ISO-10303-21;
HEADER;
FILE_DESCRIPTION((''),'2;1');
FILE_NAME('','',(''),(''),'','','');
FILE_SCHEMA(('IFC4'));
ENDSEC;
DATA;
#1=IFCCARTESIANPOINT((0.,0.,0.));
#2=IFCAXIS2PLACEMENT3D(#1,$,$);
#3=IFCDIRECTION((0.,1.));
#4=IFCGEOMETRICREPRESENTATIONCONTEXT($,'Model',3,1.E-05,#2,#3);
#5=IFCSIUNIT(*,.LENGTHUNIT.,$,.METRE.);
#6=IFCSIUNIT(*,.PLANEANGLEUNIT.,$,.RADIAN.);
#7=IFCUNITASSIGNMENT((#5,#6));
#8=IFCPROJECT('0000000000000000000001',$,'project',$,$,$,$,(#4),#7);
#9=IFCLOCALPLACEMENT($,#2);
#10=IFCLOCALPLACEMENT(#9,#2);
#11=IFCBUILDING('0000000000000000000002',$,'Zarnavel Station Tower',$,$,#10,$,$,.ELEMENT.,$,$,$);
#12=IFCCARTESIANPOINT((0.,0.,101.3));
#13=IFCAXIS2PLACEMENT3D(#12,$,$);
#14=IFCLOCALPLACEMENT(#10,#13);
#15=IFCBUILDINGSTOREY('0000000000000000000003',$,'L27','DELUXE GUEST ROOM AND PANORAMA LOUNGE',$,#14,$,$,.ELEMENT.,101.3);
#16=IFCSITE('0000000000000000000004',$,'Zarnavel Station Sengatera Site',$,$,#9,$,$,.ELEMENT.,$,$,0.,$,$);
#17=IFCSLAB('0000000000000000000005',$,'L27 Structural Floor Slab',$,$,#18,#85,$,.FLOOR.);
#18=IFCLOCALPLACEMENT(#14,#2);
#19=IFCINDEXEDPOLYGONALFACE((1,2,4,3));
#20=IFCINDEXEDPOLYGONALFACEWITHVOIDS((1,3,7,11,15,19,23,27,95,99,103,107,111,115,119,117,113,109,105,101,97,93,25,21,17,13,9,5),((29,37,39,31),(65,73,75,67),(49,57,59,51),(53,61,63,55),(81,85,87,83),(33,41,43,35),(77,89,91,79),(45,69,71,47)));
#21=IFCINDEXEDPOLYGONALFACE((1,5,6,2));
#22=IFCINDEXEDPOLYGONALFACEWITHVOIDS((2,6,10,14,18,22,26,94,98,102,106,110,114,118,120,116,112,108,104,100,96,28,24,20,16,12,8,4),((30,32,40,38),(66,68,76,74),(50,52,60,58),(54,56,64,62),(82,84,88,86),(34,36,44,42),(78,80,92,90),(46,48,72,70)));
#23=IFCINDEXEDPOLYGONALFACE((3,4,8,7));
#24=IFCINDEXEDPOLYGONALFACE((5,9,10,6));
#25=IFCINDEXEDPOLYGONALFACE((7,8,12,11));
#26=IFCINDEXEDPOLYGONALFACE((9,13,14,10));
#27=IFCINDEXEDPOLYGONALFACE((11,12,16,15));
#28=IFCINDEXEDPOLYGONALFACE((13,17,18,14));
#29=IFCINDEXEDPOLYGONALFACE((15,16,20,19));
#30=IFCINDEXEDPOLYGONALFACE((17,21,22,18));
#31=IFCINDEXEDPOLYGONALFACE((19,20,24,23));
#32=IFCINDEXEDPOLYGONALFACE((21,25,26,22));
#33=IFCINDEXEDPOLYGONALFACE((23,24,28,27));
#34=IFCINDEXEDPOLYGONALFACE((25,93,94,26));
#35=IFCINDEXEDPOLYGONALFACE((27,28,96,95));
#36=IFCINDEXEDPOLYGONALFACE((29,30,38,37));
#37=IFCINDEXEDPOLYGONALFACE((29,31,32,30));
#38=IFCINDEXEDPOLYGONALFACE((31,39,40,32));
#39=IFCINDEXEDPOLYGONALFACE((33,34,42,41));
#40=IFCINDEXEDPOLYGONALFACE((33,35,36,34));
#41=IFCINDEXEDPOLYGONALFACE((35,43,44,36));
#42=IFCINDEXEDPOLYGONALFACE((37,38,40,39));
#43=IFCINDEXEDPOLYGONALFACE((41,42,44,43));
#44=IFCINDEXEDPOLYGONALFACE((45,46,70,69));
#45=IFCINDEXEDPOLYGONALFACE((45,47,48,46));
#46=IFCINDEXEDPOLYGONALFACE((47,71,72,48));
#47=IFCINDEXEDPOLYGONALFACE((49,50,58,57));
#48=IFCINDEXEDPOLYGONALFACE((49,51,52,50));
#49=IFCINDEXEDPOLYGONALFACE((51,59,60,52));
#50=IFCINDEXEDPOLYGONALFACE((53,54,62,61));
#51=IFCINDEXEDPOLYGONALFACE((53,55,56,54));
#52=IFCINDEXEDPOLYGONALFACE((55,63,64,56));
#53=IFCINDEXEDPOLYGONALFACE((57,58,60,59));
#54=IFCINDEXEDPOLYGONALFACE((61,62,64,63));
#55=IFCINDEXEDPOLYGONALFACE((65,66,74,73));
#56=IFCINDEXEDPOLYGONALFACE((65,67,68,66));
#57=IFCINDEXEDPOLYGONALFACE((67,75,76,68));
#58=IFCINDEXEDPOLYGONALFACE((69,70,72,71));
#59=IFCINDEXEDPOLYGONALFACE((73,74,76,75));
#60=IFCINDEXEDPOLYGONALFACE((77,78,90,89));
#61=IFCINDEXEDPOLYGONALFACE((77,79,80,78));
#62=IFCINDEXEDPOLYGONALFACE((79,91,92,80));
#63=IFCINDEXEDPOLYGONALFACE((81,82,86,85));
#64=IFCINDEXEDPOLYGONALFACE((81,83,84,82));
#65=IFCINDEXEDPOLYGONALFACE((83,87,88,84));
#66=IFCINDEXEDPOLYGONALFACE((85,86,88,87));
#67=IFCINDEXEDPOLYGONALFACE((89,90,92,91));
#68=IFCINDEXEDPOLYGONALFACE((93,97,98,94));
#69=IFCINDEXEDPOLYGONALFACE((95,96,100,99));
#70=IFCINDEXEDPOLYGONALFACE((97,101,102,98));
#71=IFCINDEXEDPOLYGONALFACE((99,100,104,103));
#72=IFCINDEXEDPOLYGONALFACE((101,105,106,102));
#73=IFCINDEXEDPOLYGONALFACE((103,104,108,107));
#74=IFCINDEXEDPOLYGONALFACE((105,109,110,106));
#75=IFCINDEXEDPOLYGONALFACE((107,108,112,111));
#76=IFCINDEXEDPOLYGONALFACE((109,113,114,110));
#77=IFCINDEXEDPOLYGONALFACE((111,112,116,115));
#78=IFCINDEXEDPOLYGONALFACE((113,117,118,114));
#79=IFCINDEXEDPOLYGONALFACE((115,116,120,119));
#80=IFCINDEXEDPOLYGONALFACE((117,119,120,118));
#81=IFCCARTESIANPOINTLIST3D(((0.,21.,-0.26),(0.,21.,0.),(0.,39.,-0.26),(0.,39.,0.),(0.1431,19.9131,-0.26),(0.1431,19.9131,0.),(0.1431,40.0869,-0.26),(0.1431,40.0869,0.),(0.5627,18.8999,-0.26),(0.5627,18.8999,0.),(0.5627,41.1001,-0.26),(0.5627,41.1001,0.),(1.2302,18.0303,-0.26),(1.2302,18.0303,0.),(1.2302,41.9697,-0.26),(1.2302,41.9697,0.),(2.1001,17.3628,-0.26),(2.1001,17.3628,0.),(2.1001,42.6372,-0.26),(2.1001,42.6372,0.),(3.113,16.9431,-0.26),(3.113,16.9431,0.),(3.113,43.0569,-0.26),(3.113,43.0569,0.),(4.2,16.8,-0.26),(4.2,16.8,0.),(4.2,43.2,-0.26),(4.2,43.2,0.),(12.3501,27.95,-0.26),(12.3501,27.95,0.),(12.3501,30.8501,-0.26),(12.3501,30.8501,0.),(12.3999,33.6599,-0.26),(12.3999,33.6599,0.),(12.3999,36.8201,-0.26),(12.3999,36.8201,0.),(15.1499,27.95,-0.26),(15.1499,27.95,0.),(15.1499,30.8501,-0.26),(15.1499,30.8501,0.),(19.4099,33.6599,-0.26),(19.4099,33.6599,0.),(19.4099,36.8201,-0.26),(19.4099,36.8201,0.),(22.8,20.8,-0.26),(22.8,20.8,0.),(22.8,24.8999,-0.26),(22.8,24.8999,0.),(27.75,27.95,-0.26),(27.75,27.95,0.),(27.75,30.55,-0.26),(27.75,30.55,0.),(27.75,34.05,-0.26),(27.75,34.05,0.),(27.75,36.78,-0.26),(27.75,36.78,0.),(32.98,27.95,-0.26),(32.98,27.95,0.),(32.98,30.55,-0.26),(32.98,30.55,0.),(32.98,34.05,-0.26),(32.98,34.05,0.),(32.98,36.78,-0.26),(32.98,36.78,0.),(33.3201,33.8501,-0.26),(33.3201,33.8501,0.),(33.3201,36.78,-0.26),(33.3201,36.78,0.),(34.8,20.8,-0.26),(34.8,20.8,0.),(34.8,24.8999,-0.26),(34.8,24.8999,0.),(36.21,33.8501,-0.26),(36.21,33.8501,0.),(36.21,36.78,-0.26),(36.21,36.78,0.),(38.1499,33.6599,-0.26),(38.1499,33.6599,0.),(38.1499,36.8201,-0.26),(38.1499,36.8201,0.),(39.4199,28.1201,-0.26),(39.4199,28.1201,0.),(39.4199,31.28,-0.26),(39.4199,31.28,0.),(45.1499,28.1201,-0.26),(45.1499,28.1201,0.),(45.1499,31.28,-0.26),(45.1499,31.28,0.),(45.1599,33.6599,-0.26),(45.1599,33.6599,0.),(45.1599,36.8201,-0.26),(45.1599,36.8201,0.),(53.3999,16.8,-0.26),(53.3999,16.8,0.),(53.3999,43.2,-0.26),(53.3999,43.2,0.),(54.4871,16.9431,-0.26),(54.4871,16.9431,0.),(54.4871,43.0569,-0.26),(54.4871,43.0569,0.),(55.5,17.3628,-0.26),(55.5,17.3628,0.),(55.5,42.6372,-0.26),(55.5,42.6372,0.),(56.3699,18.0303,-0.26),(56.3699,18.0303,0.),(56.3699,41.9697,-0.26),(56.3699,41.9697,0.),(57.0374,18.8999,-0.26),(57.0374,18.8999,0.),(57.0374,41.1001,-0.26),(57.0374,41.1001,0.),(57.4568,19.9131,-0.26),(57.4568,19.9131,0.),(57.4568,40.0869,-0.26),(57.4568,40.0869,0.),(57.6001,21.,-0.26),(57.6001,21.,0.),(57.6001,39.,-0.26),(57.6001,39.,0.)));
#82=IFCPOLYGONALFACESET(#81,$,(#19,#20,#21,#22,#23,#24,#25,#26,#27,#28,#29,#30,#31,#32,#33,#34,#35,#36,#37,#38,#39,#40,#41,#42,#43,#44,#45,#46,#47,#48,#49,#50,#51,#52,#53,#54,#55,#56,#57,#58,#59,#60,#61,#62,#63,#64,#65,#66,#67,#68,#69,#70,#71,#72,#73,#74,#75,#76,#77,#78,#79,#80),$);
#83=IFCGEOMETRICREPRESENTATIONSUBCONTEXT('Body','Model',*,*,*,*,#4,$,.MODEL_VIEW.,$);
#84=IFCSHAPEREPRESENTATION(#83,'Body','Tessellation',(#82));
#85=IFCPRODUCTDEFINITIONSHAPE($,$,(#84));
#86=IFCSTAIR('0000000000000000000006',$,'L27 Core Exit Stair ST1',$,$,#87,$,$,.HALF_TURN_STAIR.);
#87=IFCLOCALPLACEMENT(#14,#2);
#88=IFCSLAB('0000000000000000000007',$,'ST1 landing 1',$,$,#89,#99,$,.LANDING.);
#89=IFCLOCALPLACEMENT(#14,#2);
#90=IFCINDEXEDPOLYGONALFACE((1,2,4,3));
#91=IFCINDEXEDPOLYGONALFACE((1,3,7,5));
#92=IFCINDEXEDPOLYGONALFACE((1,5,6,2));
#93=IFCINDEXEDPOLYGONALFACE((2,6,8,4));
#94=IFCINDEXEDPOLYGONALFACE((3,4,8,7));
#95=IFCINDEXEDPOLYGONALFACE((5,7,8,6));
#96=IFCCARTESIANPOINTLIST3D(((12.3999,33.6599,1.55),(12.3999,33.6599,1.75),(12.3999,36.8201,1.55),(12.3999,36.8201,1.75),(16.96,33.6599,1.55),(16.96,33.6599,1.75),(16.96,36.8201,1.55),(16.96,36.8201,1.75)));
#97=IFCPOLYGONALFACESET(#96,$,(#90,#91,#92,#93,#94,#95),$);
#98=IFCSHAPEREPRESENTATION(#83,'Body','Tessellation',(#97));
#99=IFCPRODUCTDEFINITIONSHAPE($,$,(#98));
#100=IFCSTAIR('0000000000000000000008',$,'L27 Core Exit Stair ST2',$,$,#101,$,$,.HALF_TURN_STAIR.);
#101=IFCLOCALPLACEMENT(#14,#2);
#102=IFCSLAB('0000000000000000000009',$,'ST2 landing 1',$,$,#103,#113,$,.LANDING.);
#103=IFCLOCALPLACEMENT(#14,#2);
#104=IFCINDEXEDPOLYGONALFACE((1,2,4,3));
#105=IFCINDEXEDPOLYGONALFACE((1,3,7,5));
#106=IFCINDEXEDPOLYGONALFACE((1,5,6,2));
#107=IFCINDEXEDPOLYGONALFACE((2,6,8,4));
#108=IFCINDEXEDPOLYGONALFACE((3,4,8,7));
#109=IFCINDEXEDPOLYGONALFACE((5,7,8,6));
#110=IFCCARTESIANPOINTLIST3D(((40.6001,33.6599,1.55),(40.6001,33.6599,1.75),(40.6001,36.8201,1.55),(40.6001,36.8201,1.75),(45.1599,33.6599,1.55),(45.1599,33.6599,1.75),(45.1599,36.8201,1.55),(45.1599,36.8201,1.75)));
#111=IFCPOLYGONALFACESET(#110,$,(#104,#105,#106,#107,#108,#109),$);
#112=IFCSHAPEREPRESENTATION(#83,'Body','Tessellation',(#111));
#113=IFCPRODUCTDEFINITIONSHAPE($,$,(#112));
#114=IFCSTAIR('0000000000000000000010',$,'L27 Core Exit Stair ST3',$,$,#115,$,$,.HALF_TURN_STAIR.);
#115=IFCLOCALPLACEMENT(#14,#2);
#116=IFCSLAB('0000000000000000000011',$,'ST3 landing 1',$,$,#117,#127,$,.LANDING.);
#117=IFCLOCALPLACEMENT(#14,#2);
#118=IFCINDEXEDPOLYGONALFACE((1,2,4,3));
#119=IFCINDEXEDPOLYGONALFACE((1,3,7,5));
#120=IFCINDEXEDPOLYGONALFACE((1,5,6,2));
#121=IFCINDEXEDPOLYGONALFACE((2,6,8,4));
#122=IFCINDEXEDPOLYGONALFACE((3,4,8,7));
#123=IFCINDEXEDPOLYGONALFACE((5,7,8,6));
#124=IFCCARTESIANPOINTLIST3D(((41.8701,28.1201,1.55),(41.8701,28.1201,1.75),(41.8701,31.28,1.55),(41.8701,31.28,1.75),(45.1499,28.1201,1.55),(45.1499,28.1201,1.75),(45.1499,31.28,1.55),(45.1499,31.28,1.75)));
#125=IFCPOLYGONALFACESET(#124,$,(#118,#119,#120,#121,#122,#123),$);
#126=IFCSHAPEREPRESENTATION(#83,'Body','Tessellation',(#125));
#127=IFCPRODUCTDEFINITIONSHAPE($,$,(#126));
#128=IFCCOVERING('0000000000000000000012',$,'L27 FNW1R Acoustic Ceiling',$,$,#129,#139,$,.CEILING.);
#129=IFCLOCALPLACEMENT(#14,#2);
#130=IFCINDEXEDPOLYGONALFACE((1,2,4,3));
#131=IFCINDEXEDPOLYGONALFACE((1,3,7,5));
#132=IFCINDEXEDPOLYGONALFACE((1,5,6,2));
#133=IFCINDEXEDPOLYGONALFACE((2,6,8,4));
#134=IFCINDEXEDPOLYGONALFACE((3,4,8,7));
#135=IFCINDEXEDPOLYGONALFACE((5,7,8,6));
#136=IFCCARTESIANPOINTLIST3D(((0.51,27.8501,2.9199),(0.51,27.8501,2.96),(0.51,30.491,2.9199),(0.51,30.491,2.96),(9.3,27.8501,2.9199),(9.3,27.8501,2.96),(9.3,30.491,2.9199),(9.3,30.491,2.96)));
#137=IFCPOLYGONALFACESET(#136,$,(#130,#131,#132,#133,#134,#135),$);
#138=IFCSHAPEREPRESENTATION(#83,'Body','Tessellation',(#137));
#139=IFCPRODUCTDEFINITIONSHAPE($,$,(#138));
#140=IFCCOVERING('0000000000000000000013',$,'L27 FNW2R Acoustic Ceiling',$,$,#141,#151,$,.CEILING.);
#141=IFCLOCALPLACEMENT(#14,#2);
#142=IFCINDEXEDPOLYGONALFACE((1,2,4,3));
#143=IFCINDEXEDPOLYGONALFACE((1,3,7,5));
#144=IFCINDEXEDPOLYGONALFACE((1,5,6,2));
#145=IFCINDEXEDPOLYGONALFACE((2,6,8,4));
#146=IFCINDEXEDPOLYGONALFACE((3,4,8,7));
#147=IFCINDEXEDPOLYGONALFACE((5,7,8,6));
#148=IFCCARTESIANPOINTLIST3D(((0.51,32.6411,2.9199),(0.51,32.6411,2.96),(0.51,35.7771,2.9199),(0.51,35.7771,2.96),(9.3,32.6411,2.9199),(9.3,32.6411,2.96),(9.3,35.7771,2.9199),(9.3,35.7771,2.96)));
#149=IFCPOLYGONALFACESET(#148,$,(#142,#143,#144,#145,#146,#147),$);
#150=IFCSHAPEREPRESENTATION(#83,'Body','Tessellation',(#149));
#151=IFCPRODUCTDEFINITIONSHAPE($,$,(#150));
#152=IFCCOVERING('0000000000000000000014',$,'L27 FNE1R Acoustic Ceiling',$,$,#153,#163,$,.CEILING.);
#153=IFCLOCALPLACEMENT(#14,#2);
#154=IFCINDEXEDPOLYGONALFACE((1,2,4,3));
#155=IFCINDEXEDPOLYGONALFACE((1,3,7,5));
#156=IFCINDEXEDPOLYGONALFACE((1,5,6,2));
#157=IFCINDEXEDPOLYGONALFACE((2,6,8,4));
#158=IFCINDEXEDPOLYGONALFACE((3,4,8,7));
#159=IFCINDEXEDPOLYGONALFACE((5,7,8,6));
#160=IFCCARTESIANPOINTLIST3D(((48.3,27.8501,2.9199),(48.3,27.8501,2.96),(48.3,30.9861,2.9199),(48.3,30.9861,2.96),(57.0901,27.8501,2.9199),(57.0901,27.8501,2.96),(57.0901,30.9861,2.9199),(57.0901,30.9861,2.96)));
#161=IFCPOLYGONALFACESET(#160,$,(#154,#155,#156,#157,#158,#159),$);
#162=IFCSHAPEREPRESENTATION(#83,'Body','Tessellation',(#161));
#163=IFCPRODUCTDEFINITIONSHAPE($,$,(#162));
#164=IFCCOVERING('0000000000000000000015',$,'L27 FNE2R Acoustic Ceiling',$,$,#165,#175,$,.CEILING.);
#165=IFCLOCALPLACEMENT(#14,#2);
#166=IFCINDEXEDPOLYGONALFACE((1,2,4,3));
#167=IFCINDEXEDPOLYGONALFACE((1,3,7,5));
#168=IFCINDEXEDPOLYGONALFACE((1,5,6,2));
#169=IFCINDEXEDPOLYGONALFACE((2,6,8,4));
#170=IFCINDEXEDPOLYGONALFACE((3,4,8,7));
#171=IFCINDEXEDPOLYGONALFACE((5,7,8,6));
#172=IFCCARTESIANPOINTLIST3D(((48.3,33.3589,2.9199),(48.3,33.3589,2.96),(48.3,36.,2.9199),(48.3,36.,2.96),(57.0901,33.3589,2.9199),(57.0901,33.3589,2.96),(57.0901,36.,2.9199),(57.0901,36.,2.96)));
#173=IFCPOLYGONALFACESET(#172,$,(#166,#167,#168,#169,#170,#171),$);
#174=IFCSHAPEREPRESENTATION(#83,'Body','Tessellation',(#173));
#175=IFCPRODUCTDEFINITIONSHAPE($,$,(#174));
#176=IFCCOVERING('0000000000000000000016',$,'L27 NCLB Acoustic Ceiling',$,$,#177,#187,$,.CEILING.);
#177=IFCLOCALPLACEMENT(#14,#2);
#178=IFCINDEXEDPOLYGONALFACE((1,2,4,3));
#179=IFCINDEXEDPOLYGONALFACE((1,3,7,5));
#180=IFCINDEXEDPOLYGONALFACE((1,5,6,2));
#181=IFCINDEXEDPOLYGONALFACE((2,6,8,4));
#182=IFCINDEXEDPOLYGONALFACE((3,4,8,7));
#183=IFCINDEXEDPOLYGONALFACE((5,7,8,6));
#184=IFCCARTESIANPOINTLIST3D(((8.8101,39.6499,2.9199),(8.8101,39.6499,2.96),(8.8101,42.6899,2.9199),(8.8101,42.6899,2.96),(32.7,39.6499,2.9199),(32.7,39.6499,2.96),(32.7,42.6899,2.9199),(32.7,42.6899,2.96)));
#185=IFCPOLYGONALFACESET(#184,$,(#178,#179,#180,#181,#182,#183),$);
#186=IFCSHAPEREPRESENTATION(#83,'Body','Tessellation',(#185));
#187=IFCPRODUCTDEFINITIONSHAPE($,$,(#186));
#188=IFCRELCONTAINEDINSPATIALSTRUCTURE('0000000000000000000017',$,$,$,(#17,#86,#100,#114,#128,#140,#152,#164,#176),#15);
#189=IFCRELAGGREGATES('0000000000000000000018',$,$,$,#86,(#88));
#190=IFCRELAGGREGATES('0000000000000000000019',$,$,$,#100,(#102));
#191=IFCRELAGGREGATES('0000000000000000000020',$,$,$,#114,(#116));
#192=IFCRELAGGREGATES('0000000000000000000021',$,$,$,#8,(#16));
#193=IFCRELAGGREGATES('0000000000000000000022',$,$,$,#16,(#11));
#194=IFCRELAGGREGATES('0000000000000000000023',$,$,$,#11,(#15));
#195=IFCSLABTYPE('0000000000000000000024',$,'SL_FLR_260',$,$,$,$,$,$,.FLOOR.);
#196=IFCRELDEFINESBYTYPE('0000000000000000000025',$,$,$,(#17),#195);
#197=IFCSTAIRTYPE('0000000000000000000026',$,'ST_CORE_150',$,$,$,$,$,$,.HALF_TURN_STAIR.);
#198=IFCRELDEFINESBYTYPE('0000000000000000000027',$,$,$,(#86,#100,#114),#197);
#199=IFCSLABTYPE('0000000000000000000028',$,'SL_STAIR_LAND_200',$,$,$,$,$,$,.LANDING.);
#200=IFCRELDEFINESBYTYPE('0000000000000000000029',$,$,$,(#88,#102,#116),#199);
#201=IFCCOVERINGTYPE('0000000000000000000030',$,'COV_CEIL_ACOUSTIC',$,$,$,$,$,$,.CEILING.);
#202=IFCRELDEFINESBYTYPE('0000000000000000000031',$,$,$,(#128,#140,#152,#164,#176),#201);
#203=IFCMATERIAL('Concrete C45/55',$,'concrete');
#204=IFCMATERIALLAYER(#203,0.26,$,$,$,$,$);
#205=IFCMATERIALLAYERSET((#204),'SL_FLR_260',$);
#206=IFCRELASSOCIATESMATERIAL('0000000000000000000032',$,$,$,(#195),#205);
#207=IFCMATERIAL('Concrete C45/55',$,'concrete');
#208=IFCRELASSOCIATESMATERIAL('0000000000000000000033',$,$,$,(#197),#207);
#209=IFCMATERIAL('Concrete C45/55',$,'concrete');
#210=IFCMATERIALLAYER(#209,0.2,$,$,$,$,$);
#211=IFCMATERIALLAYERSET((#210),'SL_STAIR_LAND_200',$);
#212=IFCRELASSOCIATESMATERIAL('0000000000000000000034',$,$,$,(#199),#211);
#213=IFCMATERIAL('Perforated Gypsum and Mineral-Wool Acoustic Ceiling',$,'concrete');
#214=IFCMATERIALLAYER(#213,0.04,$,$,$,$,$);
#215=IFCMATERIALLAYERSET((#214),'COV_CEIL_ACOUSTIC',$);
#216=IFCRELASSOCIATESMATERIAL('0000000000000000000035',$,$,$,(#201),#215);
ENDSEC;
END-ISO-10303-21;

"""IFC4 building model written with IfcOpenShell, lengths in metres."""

from ifc_helpers import new_model, si_unit, direction, frame, origin, place, context, subcontext, project, spatial, polyline, outline, extrude, material, layer, layer_set, type_object, element, aggregate, save


model = new_model("IFC4")

# Units and contexts
model_context = context("Model", 3, precision=1e-05, world=origin(), true_north=direction((0.0, 1.0)))
body_context = subcontext(model_context, "Body", "Model", "MODEL_VIEW")
ifc_project = project(units=[si_unit("LENGTHUNIT", "METRE"), si_unit("PLANEANGLEUNIT", "RADIAN")], contexts=[model_context])

# Site, building, storey
site_placement = place(None, origin())
site = spatial("IfcSite", under=ifc_project, at=site_placement, Name="Zarnavel Station Sengatera Site", CompositionType="ELEMENT", RefElevation=0.0)
building_placement = place(site_placement, origin())
building = spatial("IfcBuilding", under=site, at=building_placement, Name="Zarnavel Station Tower", CompositionType="ELEMENT")
storey_placement = place(building_placement, frame((0.0, 0.0, 101.3)))
storey = spatial("IfcBuildingStorey", under=building, at=storey_placement, Name="L27", Description="DELUXE GUEST ROOM AND PANORAMA LOUNGE", CompositionType="ELEMENT", Elevation=101.3)

# Slab
ifc_material_1 = material(Name="Concrete C45/55", Category="concrete")
ifc_layer_1 = layer(ifc_material_1, 0.26)
ifc_layer_set_1 = layer_set([ifc_layer_1], Name="SL_FLR_260")
slab_type_1 = type_object("IfcSlabType", Name="SL_FLR_260", PredefinedType="FLOOR", material=ifc_layer_set_1)
slab_1_placement = place(storey_placement, frame((0.0, 0.0, -0.26)))
element("IfcSlab", 1, at=slab_1_placement, inside=storey, type_object=slab_type_1, Name="L27 Structural Floor Slab", PredefinedType="FLOOR", context=body_context, shape_type="SweptSolid", body=[
    extrude(outline(polyline([(53.3999, 16.8), (54.4871, 16.9431), (55.5, 17.3628), (56.3699, 18.0303), (57.0374, 18.8999), (57.4568, 19.9131), (57.6001, 21.0), (57.6001, 39.0), (57.4568, 40.0869), (57.0374, 41.1001), (56.3699, 41.9697), (55.5, 42.6372), (54.4871, 43.0569), (53.3999, 43.2), (4.2, 43.2), (3.113, 43.0569), (2.1001, 42.6372), (1.2302, 41.9697), (0.5627, 41.1001), (0.1431, 40.0869), (0.0, 39.0), (0.0, 21.0), (0.1431, 19.9131), (0.5627, 18.8999), (1.2302, 18.0303), (2.1001, 17.3628), (3.113, 16.9431), (4.2, 16.8), (53.3999, 16.8)]), holes=[polyline([(12.3999, 33.6599), (19.4099, 33.6599), (19.4099, 36.8201), (12.3999, 36.8201), (12.3999, 33.6599)]), polyline([(38.1499, 33.6599), (45.1599, 33.6599), (45.1599, 36.8201), (38.1499, 36.8201), (38.1499, 33.6599)]), polyline([(39.4199, 28.1201), (45.1499, 28.1201), (45.1499, 31.28), (39.4199, 31.28), (39.4199, 28.1201)]), polyline([(12.3501, 27.95), (15.1499, 27.95), (15.1499, 30.8501), (12.3501, 30.8501), (12.3501, 27.95)]), polyline([(33.3201, 33.8501), (36.21, 33.8501), (36.21, 36.78), (33.3201, 36.78), (33.3201, 33.8501)]), polyline([(27.75, 34.05), (32.98, 34.05), (32.98, 36.78), (27.75, 36.78), (27.75, 34.05)]), polyline([(27.75, 27.95), (32.98, 27.95), (32.98, 30.55), (27.75, 30.55), (27.75, 27.95)]), polyline([(22.8, 20.8), (34.8, 20.8), (34.8, 24.8999), (22.8, 24.8999), (22.8, 20.8)])]), origin(), (0.0, 0.0, 1.0), 0.26),
])

# Stairs, slabs
ifc_material_2 = material(Name="Concrete C45/55", Category="concrete")
stair_type = type_object("IfcStairType", Name="ST_CORE_150", PredefinedType="HALF_TURN_STAIR", material=ifc_material_2)
stair_1_placement = place(storey_placement, origin())
stair_1 = element("IfcStair", 2, at=stair_1_placement, inside=storey, type_object=stair_type, Name="L27 Core Exit Stair ST1", PredefinedType="HALF_TURN_STAIR")
ifc_material_3 = material(Name="Concrete C45/55", Category="concrete")
ifc_layer_2 = layer(ifc_material_3, 0.2)
ifc_layer_set_2 = layer_set([ifc_layer_2], Name="SL_STAIR_LAND_200")
slab_type_2 = type_object("IfcSlabType", Name="SL_STAIR_LAND_200", PredefinedType="LANDING", material=ifc_layer_set_2)
slab_2_placement = place(storey_placement, frame((0.0, 0.0, 1.55)))
slab_2 = element("IfcSlab", 3, at=slab_2_placement, type_object=slab_type_2, Name="ST1 landing 1", PredefinedType="LANDING", context=body_context, shape_type="SweptSolid", body=[
    extrude(outline(polyline([(16.96, 36.8201), (12.3999, 36.8201), (12.3999, 33.6599), (16.96, 33.6599), (16.96, 36.8201)])), origin(), (0.0, 0.0, 1.0), 0.2),
])
aggregate(stair_1, [slab_2])
stair_2_placement = place(storey_placement, origin())
stair_2 = element("IfcStair", 4, at=stair_2_placement, inside=storey, type_object=stair_type, Name="L27 Core Exit Stair ST2", PredefinedType="HALF_TURN_STAIR")
slab_3_placement = place(storey_placement, frame((0.0, 0.0, 1.55)))
slab_3 = element("IfcSlab", 5, at=slab_3_placement, type_object=slab_type_2, Name="ST2 landing 1", PredefinedType="LANDING", context=body_context, shape_type="SweptSolid", body=[
    extrude(outline(polyline([(40.6001, 33.6599), (45.1599, 33.6599), (45.1599, 36.8201), (40.6001, 36.8201), (40.6001, 33.6599)])), origin(), (0.0, 0.0, 1.0), 0.2),
])
aggregate(stair_2, [slab_3])
stair_3_placement = place(storey_placement, origin())
stair_3 = element("IfcStair", 6, at=stair_3_placement, inside=storey, type_object=stair_type, Name="L27 Core Exit Stair ST3", PredefinedType="HALF_TURN_STAIR")
slab_4_placement = place(storey_placement, frame((0.0, 0.0, 1.55)))
slab_4 = element("IfcSlab", 7, at=slab_4_placement, type_object=slab_type_2, Name="ST3 landing 1", PredefinedType="LANDING", context=body_context, shape_type="SweptSolid", body=[
    extrude(outline(polyline([(41.8701, 28.1201), (45.1499, 28.1201), (45.1499, 31.28), (41.8701, 31.28), (41.8701, 28.1201)])), origin(), (0.0, 0.0, 1.0), 0.2),
])
aggregate(stair_3, [slab_4])

# Coverings
ifc_material_4 = material(Name="Perforated Gypsum and Mineral-Wool Acoustic Ceiling", Category="concrete")
ifc_layer_3 = layer(ifc_material_4, 0.04)
ifc_layer_set_3 = layer_set([ifc_layer_3], Name="COV_CEIL_ACOUSTIC")
covering_type_1 = type_object("IfcCoveringType", Name="COV_CEIL_ACOUSTIC", PredefinedType="CEILING", material=ifc_layer_set_3)
covering_1_placement = place(storey_placement, frame((0.0, 0.0, 2.9199)))
element("IfcCovering", 8, at=covering_1_placement, inside=storey, type_object=covering_type_1, Name="L27 FNW1R Acoustic Ceiling", PredefinedType="CEILING", context=body_context, shape_type="SweptSolid", body=[
    extrude(outline(polyline([(0.51, 27.8501), (9.3, 27.8501), (9.3, 30.491), (0.51, 30.491), (0.51, 27.8501)])), origin(), (0.0, 0.0, 1.0), 0.04),
])
covering_2_placement = place(storey_placement, frame((0.0, 0.0, 2.9199)))
element("IfcCovering", 9, at=covering_2_placement, inside=storey, type_object=covering_type_1, Name="L27 FNW2R Acoustic Ceiling", PredefinedType="CEILING", context=body_context, shape_type="SweptSolid", body=[
    extrude(outline(polyline([(0.51, 32.6411), (9.3, 32.6411), (9.3, 35.7771), (0.51, 35.7771), (0.51, 32.6411)])), origin(), (0.0, 0.0, 1.0), 0.04),
])
covering_3_placement = place(storey_placement, frame((0.0, 0.0, 2.9199)))
element("IfcCovering", 10, at=covering_3_placement, inside=storey, type_object=covering_type_1, Name="L27 FNE1R Acoustic Ceiling", PredefinedType="CEILING", context=body_context, shape_type="SweptSolid", body=[
    extrude(outline(polyline([(48.3, 27.8501), (57.0901, 27.8501), (57.0901, 30.9861), (48.3, 30.9861), (48.3, 27.8501)])), origin(), (0.0, 0.0, 1.0), 0.04),
])
covering_4_placement = place(storey_placement, frame((0.0, 0.0, 2.9199)))
element("IfcCovering", 11, at=covering_4_placement, inside=storey, type_object=covering_type_1, Name="L27 FNE2R Acoustic Ceiling", PredefinedType="CEILING", context=body_context, shape_type="SweptSolid", body=[
    extrude(outline(polyline([(48.3, 33.3589), (57.0901, 33.3589), (57.0901, 36.0), (48.3, 36.0), (48.3, 33.3589)])), origin(), (0.0, 0.0, 1.0), 0.04),
])
covering_5_placement = place(storey_placement, frame((0.0, 0.0, 2.9199)))
element("IfcCovering", 12, at=covering_5_placement, inside=storey, type_object=covering_type_1, Name="L27 NCLB Acoustic Ceiling", PredefinedType="CEILING", context=body_context, shape_type="SweptSolid", body=[
    extrude(outline(polyline([(8.8101, 39.6499), (32.7, 39.6499), (32.7, 42.6899), (8.8101, 42.6899), (8.8101, 39.6499)])), origin(), (0.0, 0.0, 1.0), 0.04),
])

save(model, "model.ifc")
